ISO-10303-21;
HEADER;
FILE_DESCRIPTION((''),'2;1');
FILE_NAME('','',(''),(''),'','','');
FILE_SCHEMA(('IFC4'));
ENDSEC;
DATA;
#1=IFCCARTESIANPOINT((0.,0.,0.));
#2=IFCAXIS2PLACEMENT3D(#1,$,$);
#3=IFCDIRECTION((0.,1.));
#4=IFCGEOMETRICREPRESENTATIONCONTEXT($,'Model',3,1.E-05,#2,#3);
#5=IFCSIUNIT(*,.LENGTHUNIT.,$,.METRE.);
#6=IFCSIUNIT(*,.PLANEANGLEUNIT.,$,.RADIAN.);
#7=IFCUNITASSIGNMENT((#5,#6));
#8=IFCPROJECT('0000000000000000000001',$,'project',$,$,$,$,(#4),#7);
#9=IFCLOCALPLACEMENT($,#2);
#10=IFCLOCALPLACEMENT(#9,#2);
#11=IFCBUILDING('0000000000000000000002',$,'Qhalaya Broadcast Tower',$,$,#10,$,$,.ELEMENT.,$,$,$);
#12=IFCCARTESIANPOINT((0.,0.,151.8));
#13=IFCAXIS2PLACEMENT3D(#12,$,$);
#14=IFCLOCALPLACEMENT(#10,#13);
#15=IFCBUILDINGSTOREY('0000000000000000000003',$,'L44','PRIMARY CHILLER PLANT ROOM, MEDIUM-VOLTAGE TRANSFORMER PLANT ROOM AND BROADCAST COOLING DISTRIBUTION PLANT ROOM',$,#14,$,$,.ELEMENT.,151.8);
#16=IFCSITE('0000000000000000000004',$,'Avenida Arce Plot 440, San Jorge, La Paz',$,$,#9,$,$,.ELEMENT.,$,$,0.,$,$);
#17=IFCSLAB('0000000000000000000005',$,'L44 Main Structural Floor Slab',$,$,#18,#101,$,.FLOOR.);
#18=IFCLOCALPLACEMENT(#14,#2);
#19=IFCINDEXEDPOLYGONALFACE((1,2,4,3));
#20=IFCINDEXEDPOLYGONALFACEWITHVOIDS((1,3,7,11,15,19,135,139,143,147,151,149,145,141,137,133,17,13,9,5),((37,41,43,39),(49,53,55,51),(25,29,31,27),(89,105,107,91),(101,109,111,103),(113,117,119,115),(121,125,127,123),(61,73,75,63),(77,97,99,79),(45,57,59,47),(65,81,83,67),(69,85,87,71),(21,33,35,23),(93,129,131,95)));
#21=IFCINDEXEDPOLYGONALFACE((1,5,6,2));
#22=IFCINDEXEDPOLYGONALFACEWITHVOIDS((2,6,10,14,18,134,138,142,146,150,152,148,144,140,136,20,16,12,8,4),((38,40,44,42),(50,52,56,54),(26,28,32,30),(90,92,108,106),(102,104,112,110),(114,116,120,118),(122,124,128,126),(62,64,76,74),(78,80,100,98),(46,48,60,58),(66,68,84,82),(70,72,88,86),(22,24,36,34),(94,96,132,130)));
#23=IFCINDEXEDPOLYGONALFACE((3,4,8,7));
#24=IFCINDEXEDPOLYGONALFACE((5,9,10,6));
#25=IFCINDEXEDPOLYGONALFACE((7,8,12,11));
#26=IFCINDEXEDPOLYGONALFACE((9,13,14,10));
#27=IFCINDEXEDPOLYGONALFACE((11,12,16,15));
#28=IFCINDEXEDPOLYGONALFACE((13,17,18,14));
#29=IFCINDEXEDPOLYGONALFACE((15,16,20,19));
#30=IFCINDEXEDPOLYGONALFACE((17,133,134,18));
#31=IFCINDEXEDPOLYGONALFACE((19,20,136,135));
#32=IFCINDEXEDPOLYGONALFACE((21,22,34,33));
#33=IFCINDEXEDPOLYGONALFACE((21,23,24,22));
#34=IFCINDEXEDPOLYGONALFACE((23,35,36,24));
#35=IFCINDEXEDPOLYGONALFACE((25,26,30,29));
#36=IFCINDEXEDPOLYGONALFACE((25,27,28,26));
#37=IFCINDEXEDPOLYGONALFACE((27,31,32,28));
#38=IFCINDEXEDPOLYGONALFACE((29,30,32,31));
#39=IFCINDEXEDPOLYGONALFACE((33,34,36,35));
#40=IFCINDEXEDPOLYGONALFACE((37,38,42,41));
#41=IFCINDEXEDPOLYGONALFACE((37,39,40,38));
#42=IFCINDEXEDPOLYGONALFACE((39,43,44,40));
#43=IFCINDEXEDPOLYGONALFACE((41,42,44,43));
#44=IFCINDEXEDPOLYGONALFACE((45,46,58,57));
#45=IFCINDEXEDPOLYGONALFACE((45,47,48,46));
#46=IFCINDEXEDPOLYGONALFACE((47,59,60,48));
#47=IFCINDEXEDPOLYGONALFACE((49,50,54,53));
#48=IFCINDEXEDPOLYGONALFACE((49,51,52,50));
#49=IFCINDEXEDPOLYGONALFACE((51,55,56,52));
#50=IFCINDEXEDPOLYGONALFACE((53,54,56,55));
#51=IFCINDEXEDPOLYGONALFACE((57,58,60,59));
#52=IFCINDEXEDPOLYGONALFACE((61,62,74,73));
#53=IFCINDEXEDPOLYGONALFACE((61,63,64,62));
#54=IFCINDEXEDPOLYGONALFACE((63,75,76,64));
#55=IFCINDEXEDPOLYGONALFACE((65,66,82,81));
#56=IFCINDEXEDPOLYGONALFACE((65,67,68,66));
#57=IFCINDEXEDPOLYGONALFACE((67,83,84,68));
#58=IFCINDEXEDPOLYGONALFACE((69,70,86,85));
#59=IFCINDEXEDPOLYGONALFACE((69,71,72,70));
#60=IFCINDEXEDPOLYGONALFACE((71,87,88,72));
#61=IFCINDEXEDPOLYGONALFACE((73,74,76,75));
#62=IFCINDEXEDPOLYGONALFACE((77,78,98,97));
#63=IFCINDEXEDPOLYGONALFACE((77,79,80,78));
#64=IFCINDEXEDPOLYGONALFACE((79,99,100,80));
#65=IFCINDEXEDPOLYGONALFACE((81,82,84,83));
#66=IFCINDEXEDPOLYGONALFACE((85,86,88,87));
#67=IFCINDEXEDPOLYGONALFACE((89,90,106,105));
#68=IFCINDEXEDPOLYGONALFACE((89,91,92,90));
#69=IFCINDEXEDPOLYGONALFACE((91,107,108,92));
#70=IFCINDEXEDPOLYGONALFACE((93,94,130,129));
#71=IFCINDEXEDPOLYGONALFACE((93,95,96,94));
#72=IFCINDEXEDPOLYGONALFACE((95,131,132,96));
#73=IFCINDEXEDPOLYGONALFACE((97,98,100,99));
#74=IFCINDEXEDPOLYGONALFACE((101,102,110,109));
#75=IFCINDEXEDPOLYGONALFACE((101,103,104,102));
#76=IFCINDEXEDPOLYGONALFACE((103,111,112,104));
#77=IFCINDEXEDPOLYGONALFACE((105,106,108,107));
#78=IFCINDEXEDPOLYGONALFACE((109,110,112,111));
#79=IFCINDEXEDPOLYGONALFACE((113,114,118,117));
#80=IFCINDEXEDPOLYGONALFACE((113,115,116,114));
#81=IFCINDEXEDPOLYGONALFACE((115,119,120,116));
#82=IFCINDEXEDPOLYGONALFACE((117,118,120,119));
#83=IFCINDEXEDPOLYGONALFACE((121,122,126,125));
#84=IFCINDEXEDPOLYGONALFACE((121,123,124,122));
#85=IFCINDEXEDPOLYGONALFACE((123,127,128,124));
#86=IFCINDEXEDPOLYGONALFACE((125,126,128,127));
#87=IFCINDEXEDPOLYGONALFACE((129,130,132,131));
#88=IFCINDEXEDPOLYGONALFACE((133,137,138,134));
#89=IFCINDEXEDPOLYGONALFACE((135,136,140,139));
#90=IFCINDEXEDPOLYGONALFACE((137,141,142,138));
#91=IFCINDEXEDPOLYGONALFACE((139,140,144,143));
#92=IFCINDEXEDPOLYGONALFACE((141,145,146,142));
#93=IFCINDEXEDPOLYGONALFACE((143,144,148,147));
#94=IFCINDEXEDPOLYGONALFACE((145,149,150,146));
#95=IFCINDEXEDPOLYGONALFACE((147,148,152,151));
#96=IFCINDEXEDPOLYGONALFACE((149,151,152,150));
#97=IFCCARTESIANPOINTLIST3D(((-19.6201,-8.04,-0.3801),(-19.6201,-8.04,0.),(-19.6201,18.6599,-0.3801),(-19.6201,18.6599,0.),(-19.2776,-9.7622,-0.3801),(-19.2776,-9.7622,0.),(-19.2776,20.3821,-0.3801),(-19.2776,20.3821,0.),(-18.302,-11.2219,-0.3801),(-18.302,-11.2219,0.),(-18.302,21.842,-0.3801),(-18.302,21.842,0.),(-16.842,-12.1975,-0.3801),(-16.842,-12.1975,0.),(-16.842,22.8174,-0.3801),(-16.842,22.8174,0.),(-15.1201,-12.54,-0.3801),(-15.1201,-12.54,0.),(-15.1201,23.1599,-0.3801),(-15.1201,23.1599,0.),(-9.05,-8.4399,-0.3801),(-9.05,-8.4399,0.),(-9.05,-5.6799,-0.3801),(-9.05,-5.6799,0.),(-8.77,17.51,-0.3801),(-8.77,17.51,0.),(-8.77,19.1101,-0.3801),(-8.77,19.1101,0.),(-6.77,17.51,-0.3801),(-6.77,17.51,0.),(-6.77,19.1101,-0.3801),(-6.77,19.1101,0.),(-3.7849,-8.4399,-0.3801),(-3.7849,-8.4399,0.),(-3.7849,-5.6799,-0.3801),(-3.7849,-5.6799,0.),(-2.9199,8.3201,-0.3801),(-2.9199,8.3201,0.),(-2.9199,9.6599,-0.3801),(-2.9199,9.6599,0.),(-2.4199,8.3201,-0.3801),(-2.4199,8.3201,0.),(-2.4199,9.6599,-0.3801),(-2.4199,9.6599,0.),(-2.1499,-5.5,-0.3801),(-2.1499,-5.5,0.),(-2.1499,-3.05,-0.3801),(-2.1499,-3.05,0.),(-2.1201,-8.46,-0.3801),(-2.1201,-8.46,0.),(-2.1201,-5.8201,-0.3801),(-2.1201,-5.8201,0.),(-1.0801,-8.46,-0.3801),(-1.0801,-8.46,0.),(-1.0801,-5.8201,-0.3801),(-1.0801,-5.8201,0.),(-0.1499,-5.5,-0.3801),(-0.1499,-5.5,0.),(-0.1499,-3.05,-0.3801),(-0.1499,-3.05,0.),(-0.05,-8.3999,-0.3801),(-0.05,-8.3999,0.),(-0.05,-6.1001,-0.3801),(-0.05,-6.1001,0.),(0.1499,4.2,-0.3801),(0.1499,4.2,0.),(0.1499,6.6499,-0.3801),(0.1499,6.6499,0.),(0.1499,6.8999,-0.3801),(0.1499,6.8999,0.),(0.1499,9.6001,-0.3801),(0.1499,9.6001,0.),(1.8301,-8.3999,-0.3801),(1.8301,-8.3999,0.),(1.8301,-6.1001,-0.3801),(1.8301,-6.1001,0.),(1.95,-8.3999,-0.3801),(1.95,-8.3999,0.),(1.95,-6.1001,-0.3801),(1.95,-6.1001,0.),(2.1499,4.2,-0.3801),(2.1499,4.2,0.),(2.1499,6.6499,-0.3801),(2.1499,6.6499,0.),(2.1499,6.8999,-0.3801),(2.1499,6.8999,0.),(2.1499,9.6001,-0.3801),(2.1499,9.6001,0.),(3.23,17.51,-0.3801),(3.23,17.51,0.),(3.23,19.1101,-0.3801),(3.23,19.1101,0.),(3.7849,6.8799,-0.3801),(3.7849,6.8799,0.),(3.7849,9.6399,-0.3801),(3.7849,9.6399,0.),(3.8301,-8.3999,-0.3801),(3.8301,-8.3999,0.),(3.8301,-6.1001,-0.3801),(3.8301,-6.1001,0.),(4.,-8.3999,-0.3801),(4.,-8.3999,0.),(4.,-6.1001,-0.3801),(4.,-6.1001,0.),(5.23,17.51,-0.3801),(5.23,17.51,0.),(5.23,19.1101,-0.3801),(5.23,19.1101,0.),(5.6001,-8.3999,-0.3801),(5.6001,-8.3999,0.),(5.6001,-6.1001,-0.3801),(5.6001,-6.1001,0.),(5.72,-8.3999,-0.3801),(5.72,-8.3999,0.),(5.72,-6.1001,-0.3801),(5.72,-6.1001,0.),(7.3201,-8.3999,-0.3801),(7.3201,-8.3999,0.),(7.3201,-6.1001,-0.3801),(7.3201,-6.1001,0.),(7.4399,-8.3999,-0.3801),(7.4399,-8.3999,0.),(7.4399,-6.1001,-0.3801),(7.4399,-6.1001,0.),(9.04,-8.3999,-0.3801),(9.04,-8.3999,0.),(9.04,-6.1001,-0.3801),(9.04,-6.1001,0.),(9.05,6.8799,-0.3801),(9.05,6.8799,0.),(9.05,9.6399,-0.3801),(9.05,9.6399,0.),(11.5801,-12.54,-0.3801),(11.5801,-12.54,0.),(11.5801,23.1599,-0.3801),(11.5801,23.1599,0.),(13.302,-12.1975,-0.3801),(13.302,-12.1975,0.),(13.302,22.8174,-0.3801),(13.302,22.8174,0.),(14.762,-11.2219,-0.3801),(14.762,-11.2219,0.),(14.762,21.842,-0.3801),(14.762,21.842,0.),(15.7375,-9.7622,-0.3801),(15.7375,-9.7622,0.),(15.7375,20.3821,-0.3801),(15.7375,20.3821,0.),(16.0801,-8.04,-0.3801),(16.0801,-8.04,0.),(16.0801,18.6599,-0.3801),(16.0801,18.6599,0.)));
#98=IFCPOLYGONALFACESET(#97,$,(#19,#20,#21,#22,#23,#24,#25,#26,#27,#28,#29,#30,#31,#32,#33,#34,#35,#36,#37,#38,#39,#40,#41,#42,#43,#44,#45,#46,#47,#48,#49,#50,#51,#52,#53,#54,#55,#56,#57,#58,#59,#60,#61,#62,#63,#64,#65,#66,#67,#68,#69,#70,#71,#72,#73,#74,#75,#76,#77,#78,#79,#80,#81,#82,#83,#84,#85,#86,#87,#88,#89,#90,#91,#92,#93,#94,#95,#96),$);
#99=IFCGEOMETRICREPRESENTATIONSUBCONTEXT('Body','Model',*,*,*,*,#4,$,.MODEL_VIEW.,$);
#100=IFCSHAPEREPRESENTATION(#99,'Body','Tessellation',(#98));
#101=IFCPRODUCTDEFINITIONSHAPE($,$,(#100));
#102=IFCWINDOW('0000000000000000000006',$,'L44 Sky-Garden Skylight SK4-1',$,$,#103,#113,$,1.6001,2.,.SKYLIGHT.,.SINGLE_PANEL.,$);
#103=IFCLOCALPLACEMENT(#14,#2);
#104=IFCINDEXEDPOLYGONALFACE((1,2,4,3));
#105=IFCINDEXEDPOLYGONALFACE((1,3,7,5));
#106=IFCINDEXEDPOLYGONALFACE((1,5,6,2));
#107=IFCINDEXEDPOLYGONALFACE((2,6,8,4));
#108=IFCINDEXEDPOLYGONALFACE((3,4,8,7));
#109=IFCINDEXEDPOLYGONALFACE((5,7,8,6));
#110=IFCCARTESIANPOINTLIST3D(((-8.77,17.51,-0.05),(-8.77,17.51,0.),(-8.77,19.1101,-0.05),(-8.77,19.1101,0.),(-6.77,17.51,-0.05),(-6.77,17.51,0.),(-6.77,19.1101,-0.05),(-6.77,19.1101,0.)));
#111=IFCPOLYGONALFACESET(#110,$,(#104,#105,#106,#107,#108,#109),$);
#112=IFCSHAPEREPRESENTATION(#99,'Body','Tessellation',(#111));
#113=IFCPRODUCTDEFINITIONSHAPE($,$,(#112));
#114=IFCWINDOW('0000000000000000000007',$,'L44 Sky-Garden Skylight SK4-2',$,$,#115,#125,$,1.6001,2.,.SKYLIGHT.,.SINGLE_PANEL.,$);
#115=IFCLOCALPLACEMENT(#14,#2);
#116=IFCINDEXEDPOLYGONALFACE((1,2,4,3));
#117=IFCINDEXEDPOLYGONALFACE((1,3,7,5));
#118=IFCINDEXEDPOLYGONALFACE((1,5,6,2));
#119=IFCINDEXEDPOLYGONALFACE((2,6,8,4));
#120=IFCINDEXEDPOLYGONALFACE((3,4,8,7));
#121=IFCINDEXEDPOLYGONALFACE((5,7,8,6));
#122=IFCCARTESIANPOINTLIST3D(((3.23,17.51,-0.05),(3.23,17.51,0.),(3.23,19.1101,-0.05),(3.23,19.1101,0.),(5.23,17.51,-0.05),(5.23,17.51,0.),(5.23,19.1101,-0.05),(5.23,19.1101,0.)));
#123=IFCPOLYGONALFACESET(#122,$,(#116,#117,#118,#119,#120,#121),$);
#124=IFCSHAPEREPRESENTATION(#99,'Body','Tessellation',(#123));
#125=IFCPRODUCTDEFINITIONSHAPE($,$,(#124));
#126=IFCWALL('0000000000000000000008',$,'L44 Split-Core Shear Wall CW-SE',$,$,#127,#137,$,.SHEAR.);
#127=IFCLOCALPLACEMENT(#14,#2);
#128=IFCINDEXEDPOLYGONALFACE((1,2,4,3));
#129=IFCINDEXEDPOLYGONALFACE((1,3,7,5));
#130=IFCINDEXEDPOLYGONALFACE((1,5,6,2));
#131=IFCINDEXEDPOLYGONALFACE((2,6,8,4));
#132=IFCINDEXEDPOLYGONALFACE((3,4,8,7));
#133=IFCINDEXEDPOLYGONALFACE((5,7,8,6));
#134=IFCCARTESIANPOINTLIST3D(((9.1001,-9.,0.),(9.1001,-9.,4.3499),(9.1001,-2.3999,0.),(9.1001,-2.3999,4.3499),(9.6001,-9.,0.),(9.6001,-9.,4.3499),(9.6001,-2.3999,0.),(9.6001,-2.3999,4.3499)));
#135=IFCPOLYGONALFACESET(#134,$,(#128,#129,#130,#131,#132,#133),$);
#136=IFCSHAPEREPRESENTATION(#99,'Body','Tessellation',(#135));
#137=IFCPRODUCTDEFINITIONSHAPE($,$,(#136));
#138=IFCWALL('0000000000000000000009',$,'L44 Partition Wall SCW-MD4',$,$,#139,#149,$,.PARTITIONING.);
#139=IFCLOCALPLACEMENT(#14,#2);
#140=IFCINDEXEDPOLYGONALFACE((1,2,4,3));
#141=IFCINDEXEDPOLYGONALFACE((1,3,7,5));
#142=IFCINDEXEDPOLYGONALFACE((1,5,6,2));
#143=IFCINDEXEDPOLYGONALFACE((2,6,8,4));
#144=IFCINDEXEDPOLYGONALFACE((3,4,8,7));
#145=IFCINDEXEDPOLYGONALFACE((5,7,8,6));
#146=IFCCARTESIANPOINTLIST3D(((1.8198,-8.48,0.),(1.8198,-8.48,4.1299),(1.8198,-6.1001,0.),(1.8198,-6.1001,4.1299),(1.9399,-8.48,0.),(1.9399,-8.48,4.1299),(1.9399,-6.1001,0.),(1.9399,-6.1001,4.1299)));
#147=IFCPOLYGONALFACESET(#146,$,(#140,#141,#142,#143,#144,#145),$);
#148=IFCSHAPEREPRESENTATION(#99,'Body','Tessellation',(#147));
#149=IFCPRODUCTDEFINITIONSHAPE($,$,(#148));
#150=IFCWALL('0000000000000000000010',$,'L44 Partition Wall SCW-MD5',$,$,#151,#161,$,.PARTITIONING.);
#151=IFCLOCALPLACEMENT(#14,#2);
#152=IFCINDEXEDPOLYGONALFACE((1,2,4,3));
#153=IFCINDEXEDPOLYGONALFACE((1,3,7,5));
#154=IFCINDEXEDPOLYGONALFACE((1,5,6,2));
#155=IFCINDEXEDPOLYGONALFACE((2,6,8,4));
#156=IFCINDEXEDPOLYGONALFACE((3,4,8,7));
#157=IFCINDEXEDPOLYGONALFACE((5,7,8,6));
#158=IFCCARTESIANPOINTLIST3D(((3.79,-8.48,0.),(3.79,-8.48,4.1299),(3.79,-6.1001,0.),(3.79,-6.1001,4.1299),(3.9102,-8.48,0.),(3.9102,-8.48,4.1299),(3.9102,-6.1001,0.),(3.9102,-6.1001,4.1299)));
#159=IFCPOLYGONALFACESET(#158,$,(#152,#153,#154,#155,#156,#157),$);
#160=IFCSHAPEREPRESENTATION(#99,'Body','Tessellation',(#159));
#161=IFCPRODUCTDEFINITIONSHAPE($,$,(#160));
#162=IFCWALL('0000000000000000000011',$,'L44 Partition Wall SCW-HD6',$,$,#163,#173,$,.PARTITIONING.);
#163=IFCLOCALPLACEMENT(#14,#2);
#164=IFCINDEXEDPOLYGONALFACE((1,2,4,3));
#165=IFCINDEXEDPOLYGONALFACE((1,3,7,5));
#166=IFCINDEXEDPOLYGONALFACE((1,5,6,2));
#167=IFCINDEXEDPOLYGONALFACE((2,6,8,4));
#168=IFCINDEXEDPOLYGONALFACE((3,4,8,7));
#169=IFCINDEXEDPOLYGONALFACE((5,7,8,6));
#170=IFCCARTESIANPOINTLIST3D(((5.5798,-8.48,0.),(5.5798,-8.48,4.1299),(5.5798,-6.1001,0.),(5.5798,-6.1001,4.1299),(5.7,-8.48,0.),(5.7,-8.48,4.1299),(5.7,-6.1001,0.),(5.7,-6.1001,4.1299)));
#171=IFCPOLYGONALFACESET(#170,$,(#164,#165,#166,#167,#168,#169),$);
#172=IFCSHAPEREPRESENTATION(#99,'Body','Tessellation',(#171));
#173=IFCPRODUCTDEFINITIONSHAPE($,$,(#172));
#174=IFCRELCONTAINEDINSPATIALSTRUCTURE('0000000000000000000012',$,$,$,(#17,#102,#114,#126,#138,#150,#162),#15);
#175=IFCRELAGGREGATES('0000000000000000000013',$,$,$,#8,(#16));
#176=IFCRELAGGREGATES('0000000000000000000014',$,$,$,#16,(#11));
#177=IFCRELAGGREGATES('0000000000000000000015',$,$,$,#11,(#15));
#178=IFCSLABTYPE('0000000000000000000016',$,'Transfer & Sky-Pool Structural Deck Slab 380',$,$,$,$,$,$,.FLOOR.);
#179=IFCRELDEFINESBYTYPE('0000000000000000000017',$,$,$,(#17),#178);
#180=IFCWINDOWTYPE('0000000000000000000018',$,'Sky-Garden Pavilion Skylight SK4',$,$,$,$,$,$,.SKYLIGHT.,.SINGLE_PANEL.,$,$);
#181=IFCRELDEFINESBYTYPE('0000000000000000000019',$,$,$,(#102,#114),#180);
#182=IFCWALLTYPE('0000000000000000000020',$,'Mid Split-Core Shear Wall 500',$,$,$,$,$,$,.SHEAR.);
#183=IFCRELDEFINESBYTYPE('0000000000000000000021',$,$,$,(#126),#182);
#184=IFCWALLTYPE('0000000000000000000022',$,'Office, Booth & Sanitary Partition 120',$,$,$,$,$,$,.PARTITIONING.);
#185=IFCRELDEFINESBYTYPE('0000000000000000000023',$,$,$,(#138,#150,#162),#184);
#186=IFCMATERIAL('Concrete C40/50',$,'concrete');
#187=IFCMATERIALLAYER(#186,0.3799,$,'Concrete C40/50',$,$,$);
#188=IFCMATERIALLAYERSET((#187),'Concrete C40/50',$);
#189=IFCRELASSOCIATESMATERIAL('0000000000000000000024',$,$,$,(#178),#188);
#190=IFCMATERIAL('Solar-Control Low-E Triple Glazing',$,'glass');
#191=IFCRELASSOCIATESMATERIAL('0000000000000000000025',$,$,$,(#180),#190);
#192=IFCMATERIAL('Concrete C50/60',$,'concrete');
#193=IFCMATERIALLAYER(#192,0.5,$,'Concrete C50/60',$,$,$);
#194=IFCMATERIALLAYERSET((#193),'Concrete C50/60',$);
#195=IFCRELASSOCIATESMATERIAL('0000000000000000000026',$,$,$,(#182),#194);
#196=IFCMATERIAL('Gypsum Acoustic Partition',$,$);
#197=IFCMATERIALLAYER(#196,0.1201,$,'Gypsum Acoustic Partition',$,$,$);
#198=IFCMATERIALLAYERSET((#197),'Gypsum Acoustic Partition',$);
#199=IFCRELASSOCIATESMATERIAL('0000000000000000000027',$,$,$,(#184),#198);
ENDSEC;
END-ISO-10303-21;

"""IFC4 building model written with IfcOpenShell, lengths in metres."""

from ifc_helpers import new_model, si_unit, direction, frame, frame_2d, origin, origin_2d, place, context, subcontext, project, spatial, polyline, rectangle, outline, extrude, material, layer, layer_set, type_object, element, fill, save


model = new_model("IFC4")

# Units and contexts
model_context = context("Model", 3, precision=1e-05, world=origin(), true_north=direction((0.0, 1.0)))
body_context = subcontext(model_context, "Body", "Model", "MODEL_VIEW")
ifc_project = project(units=[si_unit("LENGTHUNIT", "METRE"), si_unit("PLANEANGLEUNIT", "RADIAN")], contexts=[model_context])

# Site, building, storey
site_placement = place(None, origin())
site = spatial("IfcSite", under=ifc_project, at=site_placement, Name="Avenida Arce Plot 440, San Jorge, La Paz", CompositionType="ELEMENT", RefElevation=0.0)
building_placement = place(site_placement, origin())
building = spatial("IfcBuilding", under=site, at=building_placement, Name="Qhalaya Broadcast Tower", CompositionType="ELEMENT")
storey_placement = place(building_placement, frame((0.0, 0.0, 151.8)))
storey = spatial("IfcBuildingStorey", under=building, at=storey_placement, Name="L44", Description="PRIMARY CHILLER PLANT ROOM, MEDIUM-VOLTAGE TRANSFORMER PLANT ROOM AND BROADCAST COOLING DISTRIBUTION PLANT ROOM", CompositionType="ELEMENT", Elevation=151.8)

# Shared definitions
ifc_material_1 = material(Name="Concrete C40/50", Category="concrete")

# Slab, openings, windows
ifc_layer_1 = layer(ifc_material_1, 0.3799, Name="Concrete C40/50")
ifc_layer_set_1 = layer_set([ifc_layer_1], Name="Concrete C40/50")
slab_type_1 = type_object("IfcSlabType", Name="Transfer & Sky-Pool Structural Deck Slab 380", PredefinedType="FLOOR", material=ifc_layer_set_1)
slab_1_placement = place(storey_placement, frame((0.0, 0.0, -0.3801)))
slab_1 = element("IfcSlab", 1, at=slab_1_placement, inside=storey, type_object=slab_type_1, Name="L44 Main Structural Floor Slab", PredefinedType="FLOOR", context=body_context, shape_type="SweptSolid", body=[
    extrude(outline(polyline([(11.5801, -12.54), (13.302, -12.1975), (14.762, -11.2219), (15.7375, -9.7622), (16.0801, -8.04), (16.0801, 18.6599), (15.7375, 20.3821), (14.762, 21.842), (13.302, 22.8174), (11.5801, 23.1599), (-15.1201, 23.1599), (-16.842, 22.8174), (-18.302, 21.842), (-19.2776, 20.3821), (-19.6201, 18.6599), (-19.6201, -8.04), (-19.2776, -9.7622), (-18.302, -11.2219), (-16.842, -12.1975), (-15.1201, -12.54), (11.5801, -12.54)]), holes=[polyline([(3.7849, 9.6399), (9.05, 9.6399), (9.05, 6.8799), (3.7849, 6.8799), (3.7849, 9.6399)]), polyline([(-3.7849, -8.4399), (-9.05, -8.4399), (-9.05, -5.6799), (-3.7849, -5.6799), (-3.7849, -8.4399)]), polyline([(0.1499, 6.6499), (2.1499, 6.6499), (2.1499, 4.2), (0.1499, 4.2), (0.1499, 6.6499)]), polyline([(0.1499, 9.6001), (2.1499, 9.6001), (2.1499, 6.8999), (0.1499, 6.8999), (0.1499, 9.6001)]), polyline([(-2.1499, -3.05), (-0.1499, -3.05), (-0.1499, -5.5), (-2.1499, -5.5), (-2.1499, -3.05)]), polyline([(-0.05, -6.1001), (1.8301, -6.1001), (1.8301, -8.3999), (-0.05, -8.3999), (-0.05, -6.1001)]), polyline([(1.95, -6.1001), (3.8301, -6.1001), (3.8301, -8.3999), (1.95, -8.3999), (1.95, -6.1001)]), polyline([(4.0, -6.1001), (5.6001, -6.1001), (5.6001, -8.3999), (4.0, -8.3999), (4.0, -6.1001)]), polyline([(5.72, -6.1001), (7.3201, -6.1001), (7.3201, -8.3999), (5.72, -8.3999), (5.72, -6.1001)]), polyline([(7.4399, -6.1001), (9.04, -6.1001), (9.04, -8.3999), (7.4399, -8.3999), (7.4399, -6.1001)]), polyline([(-2.9199, 9.6599), (-2.4199, 9.6599), (-2.4199, 8.3201), (-2.9199, 8.3201), (-2.9199, 9.6599)]), polyline([(-2.1201, -5.8201), (-1.0801, -5.8201), (-1.0801, -8.46), (-2.1201, -8.46), (-2.1201, -5.8201)])]), origin(), (0.0, 0.0, 1.0), 0.3801),
])
opening_1_placement = place(slab_1_placement, frame((-7.77, 18.3101, 0.0), z_axis=(0.0, 0.0, 1.0), x_axis=(1.0, 0.0, 0.0)))
opening_1 = element("IfcOpeningElement", 2, at=opening_1_placement, cuts=slab_1, PredefinedType="OPENING", context=body_context, shape_type="SweptSolid", body=[
    extrude(rectangle(XDim=2.0, YDim=1.6001, at=origin_2d()), origin(), (0.0, 0.0, 1.0), 0.3801),
])
opening_2_placement = place(slab_1_placement, frame((4.23, 18.3101, 0.0), z_axis=(0.0, 0.0, 1.0), x_axis=(1.0, 0.0, 0.0)))
opening_2 = element("IfcOpeningElement", 3, at=opening_2_placement, cuts=slab_1, PredefinedType="OPENING", context=body_context, shape_type="SweptSolid", body=[
    extrude(rectangle(XDim=2.0, YDim=1.6001, at=origin_2d()), origin(), (0.0, 0.0, 1.0), 0.3801),
])
ifc_material_2 = material(Name="Solar-Control Low-E Triple Glazing", Category="glass")
window_type = type_object("IfcWindowType", Name="Sky-Garden Pavilion Skylight SK4", PartitioningType="SINGLE_PANEL", PredefinedType="SKYLIGHT", material=ifc_material_2)
window_1_placement = place(opening_1_placement, frame((0.0, 0.0, 0.3301)))
window_1 = element("IfcWindow", 4, at=window_1_placement, inside=storey, type_object=window_type, Name="L44 Sky-Garden Skylight SK4-1", OverallHeight=1.6001, OverallWidth=2.0, PartitioningType="SINGLE_PANEL", PredefinedType="SKYLIGHT", context=body_context, shape_type="SweptSolid", body=[
    extrude(rectangle(XDim=2.0, YDim=1.6001, at=origin_2d()), origin(), (0.0, 0.0, 1.0), 0.05),
])
fill(opening_1, window_1)
window_2_placement = place(opening_2_placement, frame((0.0, 0.0, 0.3301)))
window_2 = element("IfcWindow", 5, at=window_2_placement, inside=storey, type_object=window_type, Name="L44 Sky-Garden Skylight SK4-2", OverallHeight=1.6001, OverallWidth=2.0, PartitioningType="SINGLE_PANEL", PredefinedType="SKYLIGHT", context=body_context, shape_type="SweptSolid", body=[
    extrude(rectangle(XDim=2.0, YDim=1.6001, at=origin_2d()), origin(), (0.0, 0.0, 1.0), 0.05),
])
fill(opening_2, window_2)

# Walls
ifc_material_3 = material(Name="Concrete C50/60", Category="concrete")
ifc_layer_2 = layer(ifc_material_3, 0.5, Name="Concrete C50/60")
ifc_layer_set_2 = layer_set([ifc_layer_2], Name="Concrete C50/60")
wall_type_1 = type_object("IfcWallType", Name="Mid Split-Core Shear Wall 500", PredefinedType="SHEAR", material=ifc_layer_set_2)
wall_1_placement = place(storey_placement, frame((9.3501, -9.0, 0.0), z_axis=(0.0, 0.0, 1.0), x_axis=(0.0, 1.0, 0.0)))
element("IfcWall", 6, at=wall_1_placement, inside=storey, type_object=wall_type_1, Name="L44 Split-Core Shear Wall CW-SE", PredefinedType="SHEAR", context=body_context, shape_type="SweptSolid", body=[
    extrude(rectangle(XDim=6.6001, YDim=0.5, at=frame_2d((3.3, 0.0))), origin(), (0.0, 0.0, 1.0), 4.3499),
])
ifc_material_4 = material(Name="Gypsum Acoustic Partition")
ifc_layer_3 = layer(ifc_material_4, 0.1201, Name="Gypsum Acoustic Partition")
ifc_layer_set_3 = layer_set([ifc_layer_3], Name="Gypsum Acoustic Partition")
wall_type_2 = type_object("IfcWallType", Name="Office, Booth & Sanitary Partition 120", PredefinedType="PARTITIONING", material=ifc_layer_set_3)
for number, where, z_axis, x_axis, name in (
    (7, (1.8799, -8.48, 0.0), (0.0, 0.0, 1.0), (0.0, 1.0, 0.0), "L44 Partition Wall SCW-MD4"),
    (8, (3.8501, -8.48, 0.0), (0.0, 0.0, 1.0), (0.0, 1.0, 0.0), "L44 Partition Wall SCW-MD5"),
    (9, (5.6399, -8.48, 0.0), (0.0, 0.0, 1.0), (0.0, 1.0, 0.0), "L44 Partition Wall SCW-HD6"),
):
    element("IfcWall", number, at=place(storey_placement, frame(where, z_axis=z_axis, x_axis=x_axis)), inside=storey, type_object=wall_type_2, Name=name, PredefinedType="PARTITIONING", context=body_context, shape_type="SweptSolid", body=[
        extrude(rectangle(XDim=2.3799, YDim=0.1201, at=frame_2d((1.1899, 0.0))), origin(), (0.0, 0.0, 1.0), 4.1299),
    ])

save(model, "model.ifc")
